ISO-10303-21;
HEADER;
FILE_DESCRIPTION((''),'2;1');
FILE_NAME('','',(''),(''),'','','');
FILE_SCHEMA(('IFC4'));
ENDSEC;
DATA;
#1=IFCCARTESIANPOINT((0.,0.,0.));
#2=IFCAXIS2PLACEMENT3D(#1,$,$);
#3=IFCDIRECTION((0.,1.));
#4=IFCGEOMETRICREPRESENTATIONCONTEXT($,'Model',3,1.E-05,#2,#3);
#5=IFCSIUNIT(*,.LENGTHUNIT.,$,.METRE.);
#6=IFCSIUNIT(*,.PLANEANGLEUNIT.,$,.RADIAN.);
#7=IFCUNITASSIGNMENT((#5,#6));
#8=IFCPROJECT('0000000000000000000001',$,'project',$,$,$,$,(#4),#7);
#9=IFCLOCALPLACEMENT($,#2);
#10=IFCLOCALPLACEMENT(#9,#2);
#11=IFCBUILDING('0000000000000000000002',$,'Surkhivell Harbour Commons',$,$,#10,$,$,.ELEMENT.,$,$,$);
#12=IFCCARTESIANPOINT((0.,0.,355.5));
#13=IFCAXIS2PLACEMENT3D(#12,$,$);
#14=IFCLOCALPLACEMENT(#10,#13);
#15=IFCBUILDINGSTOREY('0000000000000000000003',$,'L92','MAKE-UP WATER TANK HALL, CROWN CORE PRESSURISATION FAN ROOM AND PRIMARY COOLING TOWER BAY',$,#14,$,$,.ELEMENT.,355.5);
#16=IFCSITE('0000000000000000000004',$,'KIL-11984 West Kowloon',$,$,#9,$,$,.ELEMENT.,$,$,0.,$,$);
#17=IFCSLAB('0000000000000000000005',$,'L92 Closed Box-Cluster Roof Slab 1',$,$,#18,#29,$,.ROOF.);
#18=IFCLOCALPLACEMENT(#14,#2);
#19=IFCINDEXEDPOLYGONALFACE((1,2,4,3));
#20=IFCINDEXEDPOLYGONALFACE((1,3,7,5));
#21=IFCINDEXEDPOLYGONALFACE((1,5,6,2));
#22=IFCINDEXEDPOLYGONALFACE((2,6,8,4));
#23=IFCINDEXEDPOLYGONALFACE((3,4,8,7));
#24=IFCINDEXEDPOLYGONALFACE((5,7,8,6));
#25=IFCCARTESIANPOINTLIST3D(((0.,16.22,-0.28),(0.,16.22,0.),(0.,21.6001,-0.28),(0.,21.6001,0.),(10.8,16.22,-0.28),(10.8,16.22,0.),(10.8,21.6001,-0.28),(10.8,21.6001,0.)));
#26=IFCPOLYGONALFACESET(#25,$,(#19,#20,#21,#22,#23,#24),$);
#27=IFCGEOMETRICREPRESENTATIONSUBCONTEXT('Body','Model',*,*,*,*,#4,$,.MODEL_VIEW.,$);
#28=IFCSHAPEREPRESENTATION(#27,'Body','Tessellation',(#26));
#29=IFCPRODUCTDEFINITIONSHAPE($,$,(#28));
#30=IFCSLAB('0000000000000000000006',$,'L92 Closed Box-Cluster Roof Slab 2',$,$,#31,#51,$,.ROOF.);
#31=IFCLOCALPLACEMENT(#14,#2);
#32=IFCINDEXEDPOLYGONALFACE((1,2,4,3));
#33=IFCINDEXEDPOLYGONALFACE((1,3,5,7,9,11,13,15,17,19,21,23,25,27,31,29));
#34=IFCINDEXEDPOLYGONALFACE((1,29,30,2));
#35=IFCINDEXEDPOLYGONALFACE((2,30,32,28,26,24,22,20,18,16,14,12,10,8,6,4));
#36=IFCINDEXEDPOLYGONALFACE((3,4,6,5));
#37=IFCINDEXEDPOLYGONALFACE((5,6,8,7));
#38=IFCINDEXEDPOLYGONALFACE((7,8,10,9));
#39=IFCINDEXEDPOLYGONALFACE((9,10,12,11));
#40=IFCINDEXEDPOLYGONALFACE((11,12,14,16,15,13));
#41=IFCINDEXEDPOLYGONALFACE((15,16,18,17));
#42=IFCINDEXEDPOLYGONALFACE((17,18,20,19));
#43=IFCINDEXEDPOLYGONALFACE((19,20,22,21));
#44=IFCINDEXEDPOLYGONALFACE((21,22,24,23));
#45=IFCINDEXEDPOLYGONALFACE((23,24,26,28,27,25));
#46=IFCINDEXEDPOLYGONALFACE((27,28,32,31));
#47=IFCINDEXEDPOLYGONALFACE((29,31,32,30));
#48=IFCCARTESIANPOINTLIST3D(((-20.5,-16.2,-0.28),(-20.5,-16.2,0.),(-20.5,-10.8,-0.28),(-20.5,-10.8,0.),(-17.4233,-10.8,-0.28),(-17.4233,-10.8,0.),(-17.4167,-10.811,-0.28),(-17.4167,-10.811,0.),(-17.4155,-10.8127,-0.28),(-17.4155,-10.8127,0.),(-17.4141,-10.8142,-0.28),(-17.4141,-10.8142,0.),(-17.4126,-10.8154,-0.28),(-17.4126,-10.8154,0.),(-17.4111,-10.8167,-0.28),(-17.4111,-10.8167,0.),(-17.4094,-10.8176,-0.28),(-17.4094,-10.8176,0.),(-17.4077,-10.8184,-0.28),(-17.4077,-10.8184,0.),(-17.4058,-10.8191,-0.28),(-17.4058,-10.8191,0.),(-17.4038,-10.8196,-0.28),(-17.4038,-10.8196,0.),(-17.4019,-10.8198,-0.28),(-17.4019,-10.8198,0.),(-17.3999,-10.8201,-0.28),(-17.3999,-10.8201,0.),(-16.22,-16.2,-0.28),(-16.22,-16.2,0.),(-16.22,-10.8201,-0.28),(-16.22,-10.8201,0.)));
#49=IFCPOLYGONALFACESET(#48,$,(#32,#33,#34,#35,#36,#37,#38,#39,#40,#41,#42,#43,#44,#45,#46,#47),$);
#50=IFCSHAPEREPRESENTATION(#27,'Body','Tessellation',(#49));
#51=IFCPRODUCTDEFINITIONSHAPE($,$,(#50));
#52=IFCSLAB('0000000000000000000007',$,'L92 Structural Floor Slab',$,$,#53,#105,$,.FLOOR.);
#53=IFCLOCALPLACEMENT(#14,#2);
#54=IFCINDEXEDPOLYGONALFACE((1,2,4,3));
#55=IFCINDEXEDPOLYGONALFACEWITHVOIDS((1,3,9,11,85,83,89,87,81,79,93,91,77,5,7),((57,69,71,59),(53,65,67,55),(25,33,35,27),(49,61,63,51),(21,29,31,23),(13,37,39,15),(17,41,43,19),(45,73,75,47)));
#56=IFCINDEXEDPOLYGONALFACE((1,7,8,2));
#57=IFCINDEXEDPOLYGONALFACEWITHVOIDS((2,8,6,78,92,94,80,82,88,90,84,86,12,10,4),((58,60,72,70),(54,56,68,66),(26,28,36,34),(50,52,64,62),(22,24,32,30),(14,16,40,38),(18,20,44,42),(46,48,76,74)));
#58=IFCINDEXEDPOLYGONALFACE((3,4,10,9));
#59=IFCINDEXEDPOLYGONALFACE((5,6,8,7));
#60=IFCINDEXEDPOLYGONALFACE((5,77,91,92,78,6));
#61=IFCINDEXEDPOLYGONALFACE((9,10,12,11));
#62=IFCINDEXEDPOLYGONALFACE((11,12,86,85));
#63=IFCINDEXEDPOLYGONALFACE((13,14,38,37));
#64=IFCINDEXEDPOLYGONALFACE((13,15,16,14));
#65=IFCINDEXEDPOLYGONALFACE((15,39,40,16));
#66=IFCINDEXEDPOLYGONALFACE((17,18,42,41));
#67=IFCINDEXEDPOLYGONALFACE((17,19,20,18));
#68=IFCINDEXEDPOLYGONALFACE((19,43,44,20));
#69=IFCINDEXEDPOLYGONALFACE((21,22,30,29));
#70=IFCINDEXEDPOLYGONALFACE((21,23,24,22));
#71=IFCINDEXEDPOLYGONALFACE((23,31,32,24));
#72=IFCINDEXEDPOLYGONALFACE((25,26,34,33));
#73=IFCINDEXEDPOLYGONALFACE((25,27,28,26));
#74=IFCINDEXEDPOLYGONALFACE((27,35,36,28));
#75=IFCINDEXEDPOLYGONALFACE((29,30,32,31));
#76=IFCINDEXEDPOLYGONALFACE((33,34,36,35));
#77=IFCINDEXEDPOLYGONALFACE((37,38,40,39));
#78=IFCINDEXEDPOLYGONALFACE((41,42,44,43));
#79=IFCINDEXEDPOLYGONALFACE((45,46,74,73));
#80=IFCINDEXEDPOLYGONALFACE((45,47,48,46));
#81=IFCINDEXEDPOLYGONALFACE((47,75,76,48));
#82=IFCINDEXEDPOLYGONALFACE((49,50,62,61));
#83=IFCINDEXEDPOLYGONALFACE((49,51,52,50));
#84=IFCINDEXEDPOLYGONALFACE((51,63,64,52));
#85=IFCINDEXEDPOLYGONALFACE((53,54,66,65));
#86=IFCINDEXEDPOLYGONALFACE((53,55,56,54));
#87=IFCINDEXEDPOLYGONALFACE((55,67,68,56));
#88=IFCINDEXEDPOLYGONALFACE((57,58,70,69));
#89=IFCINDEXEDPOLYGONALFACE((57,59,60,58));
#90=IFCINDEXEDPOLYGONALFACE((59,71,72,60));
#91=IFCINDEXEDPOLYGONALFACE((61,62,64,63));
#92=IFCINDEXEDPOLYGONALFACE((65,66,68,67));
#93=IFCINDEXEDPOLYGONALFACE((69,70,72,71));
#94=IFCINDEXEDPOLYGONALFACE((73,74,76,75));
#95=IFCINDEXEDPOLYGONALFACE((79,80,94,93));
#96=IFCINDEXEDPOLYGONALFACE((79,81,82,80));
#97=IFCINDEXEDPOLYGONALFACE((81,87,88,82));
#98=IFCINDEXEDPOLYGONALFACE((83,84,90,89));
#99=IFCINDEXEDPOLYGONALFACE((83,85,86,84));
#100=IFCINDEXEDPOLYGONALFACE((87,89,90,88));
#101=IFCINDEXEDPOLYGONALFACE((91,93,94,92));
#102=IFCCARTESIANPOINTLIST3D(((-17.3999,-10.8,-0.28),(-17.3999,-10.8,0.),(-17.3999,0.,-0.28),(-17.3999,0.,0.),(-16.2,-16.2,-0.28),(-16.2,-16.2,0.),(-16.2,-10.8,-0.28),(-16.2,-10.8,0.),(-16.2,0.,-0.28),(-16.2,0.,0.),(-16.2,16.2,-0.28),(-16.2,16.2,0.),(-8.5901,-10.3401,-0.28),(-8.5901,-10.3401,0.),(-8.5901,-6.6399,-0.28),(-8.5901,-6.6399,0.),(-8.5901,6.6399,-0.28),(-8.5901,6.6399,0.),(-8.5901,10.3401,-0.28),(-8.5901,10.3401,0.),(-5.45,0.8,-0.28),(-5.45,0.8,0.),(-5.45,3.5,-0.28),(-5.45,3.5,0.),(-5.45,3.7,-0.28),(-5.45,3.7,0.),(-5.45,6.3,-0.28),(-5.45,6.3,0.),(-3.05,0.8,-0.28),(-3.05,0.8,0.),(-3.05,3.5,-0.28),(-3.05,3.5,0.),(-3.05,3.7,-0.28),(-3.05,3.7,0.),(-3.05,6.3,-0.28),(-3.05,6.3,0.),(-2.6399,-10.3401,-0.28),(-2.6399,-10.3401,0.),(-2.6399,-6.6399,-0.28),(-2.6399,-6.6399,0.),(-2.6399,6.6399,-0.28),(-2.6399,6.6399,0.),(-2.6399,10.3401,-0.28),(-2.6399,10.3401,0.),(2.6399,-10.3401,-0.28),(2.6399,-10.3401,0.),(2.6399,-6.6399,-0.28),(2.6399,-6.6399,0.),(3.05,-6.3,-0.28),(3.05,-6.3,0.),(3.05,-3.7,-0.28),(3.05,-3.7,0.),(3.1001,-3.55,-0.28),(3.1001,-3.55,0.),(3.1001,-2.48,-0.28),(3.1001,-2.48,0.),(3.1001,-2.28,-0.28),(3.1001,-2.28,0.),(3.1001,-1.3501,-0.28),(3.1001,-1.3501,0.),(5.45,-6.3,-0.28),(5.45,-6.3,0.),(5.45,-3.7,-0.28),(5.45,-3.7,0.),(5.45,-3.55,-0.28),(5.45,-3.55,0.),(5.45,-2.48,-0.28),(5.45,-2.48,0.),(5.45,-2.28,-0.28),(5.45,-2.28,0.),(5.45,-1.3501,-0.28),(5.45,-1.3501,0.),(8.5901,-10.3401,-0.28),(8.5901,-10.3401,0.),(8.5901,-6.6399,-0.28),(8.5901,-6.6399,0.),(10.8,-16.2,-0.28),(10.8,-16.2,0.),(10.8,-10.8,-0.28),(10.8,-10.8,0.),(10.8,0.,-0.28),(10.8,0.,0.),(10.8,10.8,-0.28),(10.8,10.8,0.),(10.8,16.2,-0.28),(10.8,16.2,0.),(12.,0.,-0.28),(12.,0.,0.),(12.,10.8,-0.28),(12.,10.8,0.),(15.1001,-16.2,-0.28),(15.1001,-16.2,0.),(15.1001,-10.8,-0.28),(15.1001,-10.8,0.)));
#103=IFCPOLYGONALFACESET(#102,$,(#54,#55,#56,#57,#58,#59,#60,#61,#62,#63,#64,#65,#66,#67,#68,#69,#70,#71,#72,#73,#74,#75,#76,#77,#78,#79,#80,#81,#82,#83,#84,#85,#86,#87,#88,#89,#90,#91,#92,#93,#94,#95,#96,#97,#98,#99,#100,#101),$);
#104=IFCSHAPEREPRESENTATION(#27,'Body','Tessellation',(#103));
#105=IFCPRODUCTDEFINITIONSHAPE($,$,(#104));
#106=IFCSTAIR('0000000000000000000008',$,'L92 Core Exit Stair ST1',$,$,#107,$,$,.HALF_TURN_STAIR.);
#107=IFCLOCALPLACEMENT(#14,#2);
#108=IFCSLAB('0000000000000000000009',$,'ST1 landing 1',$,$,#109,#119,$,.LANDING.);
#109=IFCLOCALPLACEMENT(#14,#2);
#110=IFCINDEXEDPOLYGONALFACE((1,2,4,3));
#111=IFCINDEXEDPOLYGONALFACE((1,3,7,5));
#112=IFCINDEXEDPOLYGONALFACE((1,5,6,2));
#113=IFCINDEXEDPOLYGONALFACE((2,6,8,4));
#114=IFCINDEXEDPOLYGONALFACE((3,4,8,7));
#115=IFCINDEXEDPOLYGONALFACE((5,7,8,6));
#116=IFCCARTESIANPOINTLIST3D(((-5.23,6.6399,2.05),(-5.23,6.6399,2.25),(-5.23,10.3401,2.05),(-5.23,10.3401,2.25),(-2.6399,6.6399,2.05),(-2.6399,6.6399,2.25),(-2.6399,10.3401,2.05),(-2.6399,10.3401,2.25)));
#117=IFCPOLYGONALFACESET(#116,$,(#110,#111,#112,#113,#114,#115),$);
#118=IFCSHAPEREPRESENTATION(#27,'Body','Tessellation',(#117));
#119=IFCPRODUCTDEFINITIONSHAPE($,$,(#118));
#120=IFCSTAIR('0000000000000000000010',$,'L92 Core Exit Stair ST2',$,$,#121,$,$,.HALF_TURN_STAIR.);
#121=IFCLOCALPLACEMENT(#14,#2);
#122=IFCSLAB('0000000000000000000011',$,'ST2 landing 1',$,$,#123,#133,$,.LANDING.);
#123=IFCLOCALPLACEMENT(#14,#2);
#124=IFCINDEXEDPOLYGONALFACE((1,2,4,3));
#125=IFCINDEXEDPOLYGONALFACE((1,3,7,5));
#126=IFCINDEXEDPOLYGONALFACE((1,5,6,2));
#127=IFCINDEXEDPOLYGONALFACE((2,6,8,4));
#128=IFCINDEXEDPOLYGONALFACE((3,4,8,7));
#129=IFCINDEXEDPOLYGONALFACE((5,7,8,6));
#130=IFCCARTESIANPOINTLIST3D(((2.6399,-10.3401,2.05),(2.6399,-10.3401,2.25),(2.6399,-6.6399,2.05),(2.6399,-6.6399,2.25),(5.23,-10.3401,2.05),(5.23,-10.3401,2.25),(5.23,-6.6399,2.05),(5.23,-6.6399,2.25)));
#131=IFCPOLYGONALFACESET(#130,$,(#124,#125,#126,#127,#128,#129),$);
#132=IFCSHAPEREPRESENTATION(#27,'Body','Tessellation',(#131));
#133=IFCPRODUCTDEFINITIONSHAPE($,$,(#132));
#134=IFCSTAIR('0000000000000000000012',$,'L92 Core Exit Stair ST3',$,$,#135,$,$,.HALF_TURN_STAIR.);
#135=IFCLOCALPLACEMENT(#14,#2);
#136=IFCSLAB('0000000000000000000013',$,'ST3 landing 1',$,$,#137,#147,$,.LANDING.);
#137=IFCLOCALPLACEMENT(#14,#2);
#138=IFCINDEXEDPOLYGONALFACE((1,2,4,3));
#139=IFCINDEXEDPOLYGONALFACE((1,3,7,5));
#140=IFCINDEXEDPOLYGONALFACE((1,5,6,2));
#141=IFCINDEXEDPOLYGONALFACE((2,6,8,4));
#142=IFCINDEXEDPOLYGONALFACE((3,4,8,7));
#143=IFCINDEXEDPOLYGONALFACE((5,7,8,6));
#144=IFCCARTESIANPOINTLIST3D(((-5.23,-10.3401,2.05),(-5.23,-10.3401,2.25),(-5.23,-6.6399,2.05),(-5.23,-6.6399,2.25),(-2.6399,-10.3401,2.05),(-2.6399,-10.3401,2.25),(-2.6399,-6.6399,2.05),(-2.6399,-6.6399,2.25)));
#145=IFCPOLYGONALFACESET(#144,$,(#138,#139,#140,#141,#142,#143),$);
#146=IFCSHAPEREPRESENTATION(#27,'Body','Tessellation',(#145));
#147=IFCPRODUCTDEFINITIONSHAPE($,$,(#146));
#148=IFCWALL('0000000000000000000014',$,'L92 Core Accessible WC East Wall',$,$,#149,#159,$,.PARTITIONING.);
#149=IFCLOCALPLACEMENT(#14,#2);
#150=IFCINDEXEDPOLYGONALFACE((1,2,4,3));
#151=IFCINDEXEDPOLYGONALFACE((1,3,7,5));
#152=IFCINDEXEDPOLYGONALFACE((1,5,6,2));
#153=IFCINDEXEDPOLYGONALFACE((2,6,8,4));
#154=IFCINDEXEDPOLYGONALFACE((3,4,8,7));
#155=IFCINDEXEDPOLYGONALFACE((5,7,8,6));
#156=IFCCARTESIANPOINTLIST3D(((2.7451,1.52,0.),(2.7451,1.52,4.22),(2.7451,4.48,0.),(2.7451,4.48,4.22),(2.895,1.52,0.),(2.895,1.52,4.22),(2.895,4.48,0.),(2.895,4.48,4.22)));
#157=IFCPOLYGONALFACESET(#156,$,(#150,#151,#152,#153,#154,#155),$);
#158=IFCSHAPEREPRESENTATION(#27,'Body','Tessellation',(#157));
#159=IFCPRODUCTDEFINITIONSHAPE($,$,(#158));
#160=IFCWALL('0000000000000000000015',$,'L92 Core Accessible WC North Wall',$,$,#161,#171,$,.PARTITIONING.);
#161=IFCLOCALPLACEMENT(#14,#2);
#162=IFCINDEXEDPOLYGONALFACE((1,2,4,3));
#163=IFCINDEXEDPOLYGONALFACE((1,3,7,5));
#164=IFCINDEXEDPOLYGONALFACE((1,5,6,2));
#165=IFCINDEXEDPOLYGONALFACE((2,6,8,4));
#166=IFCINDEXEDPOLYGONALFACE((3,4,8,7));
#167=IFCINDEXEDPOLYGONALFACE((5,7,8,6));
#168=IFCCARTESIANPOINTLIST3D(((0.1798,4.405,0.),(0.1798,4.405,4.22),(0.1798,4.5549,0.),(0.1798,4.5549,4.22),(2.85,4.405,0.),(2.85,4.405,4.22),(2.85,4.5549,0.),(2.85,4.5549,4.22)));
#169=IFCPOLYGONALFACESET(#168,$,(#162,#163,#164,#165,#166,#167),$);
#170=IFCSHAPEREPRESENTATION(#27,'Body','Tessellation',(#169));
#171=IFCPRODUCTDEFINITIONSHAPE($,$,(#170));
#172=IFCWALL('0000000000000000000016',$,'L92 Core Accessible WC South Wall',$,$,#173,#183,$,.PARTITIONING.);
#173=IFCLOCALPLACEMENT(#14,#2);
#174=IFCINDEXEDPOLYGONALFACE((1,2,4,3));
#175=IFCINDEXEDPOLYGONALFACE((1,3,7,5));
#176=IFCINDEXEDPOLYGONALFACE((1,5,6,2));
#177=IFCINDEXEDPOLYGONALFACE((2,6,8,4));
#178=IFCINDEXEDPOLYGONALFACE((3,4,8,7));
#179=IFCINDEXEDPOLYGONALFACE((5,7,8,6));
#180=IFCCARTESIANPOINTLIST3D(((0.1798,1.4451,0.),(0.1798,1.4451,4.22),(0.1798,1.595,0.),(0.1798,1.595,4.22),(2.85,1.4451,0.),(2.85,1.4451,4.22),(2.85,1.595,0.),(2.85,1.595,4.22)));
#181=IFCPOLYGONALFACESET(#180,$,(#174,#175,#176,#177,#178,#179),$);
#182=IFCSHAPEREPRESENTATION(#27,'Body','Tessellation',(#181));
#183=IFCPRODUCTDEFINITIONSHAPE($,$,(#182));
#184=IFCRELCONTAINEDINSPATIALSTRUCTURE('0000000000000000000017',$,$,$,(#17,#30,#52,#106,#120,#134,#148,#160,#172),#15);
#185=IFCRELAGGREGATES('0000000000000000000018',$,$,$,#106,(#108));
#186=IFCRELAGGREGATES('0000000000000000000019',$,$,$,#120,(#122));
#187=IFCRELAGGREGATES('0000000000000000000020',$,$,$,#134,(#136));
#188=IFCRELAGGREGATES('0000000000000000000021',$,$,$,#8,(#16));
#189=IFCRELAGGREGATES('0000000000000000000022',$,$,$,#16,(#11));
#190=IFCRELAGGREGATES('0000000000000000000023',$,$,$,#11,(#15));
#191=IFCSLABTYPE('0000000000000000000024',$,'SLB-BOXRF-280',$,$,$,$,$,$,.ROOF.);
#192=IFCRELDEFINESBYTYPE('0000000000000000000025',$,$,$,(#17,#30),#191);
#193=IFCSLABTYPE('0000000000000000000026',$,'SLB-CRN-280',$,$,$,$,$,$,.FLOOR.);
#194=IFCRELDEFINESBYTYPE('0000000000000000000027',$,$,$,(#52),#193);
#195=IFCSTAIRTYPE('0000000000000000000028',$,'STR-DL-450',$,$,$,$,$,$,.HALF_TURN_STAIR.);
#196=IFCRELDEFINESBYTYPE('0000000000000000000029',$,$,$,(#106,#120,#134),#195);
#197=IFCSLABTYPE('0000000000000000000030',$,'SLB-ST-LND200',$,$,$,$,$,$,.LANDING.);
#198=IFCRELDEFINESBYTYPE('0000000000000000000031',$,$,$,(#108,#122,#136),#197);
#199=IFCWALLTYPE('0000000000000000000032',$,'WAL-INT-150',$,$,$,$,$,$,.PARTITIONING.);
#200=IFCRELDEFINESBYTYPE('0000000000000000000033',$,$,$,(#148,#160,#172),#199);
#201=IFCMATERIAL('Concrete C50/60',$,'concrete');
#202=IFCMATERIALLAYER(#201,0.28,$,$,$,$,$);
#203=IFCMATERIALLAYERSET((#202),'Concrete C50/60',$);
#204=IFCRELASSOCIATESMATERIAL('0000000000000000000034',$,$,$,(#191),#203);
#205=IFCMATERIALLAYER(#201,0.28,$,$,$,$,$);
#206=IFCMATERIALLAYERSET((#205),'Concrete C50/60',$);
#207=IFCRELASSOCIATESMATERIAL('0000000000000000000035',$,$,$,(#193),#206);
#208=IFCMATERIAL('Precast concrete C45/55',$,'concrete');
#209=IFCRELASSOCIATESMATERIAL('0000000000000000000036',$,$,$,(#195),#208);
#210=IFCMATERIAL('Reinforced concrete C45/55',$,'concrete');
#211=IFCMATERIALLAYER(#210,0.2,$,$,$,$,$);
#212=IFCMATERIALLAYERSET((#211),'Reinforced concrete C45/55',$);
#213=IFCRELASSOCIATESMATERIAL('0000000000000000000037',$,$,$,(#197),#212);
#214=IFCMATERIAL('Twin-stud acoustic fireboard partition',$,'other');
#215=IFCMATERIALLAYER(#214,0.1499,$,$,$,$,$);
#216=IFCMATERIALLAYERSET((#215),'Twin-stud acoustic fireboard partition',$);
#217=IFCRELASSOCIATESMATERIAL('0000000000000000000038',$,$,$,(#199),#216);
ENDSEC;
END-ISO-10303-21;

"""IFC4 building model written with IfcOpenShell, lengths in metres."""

from ifc_helpers import new_model, si_unit, direction, frame, frame_2d, origin, place, context, subcontext, project, spatial, polyline, rectangle, outline, extrude, material, layer, layer_set, type_object, element, aggregate, save


model = new_model("IFC4")

# Units and contexts
model_context = context("Model", 3, precision=1e-05, world=origin(), true_north=direction((0.0, 1.0)))
body_context = subcontext(model_context, "Body", "Model", "MODEL_VIEW")
ifc_project = project(units=[si_unit("LENGTHUNIT", "METRE"), si_unit("PLANEANGLEUNIT", "RADIAN")], contexts=[model_context])

# Site, building, storey
site_placement = place(None, origin())
site = spatial("IfcSite", under=ifc_project, at=site_placement, Name="KIL-11984 West Kowloon", CompositionType="ELEMENT", RefElevation=0.0)
building_placement = place(site_placement, origin())
building = spatial("IfcBuilding", under=site, at=building_placement, Name="Surkhivell Harbour Commons", CompositionType="ELEMENT")
storey_placement = place(building_placement, frame((0.0, 0.0, 355.5)))
storey = spatial("IfcBuildingStorey", under=building, at=storey_placement, Name="L92", Description="MAKE-UP WATER TANK HALL, CROWN CORE PRESSURISATION FAN ROOM AND PRIMARY COOLING TOWER BAY", CompositionType="ELEMENT", Elevation=355.5)

# Slabs
ifc_material_1 = material(Name="Concrete C50/60", Category="concrete")
ifc_layer_1 = layer(ifc_material_1, 0.28)
ifc_layer_set_1 = layer_set([ifc_layer_1], Name="Concrete C50/60")
slab_type_1 = type_object("IfcSlabType", Name="SLB-BOXRF-280", PredefinedType="ROOF", material=ifc_layer_set_1)
slab_1_placement = place(storey_placement, frame((0.0, 0.0, -0.28)))
element("IfcSlab", 1, at=slab_1_placement, inside=storey, type_object=slab_type_1, Name="L92 Closed Box-Cluster Roof Slab 1", PredefinedType="ROOF", context=body_context, shape_type="SweptSolid", body=[
    extrude(outline(polyline([(0.0, 16.22), (10.8, 16.22), (10.8, 21.6001), (0.0, 21.6001), (0.0, 16.22)])), origin(), (0.0, 0.0, 1.0), 0.28),
])
slab_2_placement = place(storey_placement, frame((0.0, 0.0, -0.28)))
element("IfcSlab", 2, at=slab_2_placement, inside=storey, type_object=slab_type_1, Name="L92 Closed Box-Cluster Roof Slab 2", PredefinedType="ROOF", context=body_context, shape_type="SweptSolid", body=[
    extrude(outline(polyline([(-16.22, -16.2), (-16.22, -10.8201), (-17.3999, -10.8201), (-17.4019, -10.8198), (-17.4038, -10.8196), (-17.4058, -10.8191), (-17.4077, -10.8184), (-17.4094, -10.8176), (-17.4111, -10.8167), (-17.4126, -10.8154), (-17.4141, -10.8142), (-17.4155, -10.8127), (-17.4167, -10.811), (-17.4233, -10.8), (-20.5, -10.8), (-20.5, -16.2), (-16.22, -16.2)])), origin(), (0.0, 0.0, 1.0), 0.28),
])
ifc_layer_2 = layer(ifc_material_1, 0.28)
ifc_layer_set_2 = layer_set([ifc_layer_2], Name="Concrete C50/60")
slab_type_2 = type_object("IfcSlabType", Name="SLB-CRN-280", PredefinedType="FLOOR", material=ifc_layer_set_2)
slab_3_placement = place(storey_placement, frame((0.0, 0.0, -0.28)))
element("IfcSlab", 3, at=slab_3_placement, inside=storey, type_object=slab_type_2, Name="L92 Structural Floor Slab", PredefinedType="FLOOR", context=body_context, shape_type="SweptSolid", body=[
    extrude(outline(polyline([(-16.2, 16.2), (-16.2, 0.0), (-17.3999, 0.0), (-17.3999, -10.8), (-16.2, -10.8), (-16.2, -16.2), (10.8, -16.2), (15.1001, -16.2), (15.1001, -10.8), (10.8, -10.8), (10.8, 0.0), (12.0, 0.0), (12.0, 10.8), (10.8, 10.8), (10.8, 16.2), (-16.2, 16.2)]), holes=[polyline([(-8.5901, 6.6399), (-2.6399, 6.6399), (-2.6399, 10.3401), (-8.5901, 10.3401), (-8.5901, 6.6399)]), polyline([(8.5901, -6.6399), (2.6399, -6.6399), (2.6399, -10.3401), (8.5901, -10.3401), (8.5901, -6.6399)]), polyline([(-8.5901, -10.3401), (-2.6399, -10.3401), (-2.6399, -6.6399), (-8.5901, -6.6399), (-8.5901, -10.3401)]), polyline([(-5.45, 3.7), (-3.05, 3.7), (-3.05, 6.3), (-5.45, 6.3), (-5.45, 3.7)]), polyline([(3.05, -6.3), (5.45, -6.3), (5.45, -3.7), (3.05, -3.7), (3.05, -6.3)]), polyline([(-5.45, 0.8), (-3.05, 0.8), (-3.05, 3.5), (-5.45, 3.5), (-5.45, 0.8)]), polyline([(3.1001, -3.55), (5.45, -3.55), (5.45, -2.48), (3.1001, -2.48), (3.1001, -3.55)]), polyline([(3.1001, -2.28), (5.45, -2.28), (5.45, -1.3501), (3.1001, -1.3501), (3.1001, -2.28)])]), origin(), (0.0, 0.0, 1.0), 0.28),
])

# Stairs, slabs
ifc_material_2 = material(Name="Precast concrete C45/55", Category="concrete")
stair_type = type_object("IfcStairType", Name="STR-DL-450", PredefinedType="HALF_TURN_STAIR", material=ifc_material_2)
stair_1_placement = place(storey_placement, origin())
stair_1 = element("IfcStair", 4, at=stair_1_placement, inside=storey, type_object=stair_type, Name="L92 Core Exit Stair ST1", PredefinedType="HALF_TURN_STAIR")
ifc_material_3 = material(Name="Reinforced concrete C45/55", Category="concrete")
ifc_layer_3 = layer(ifc_material_3, 0.2)
ifc_layer_set_3 = layer_set([ifc_layer_3], Name="Reinforced concrete C45/55")
slab_type_3 = type_object("IfcSlabType", Name="SLB-ST-LND200", PredefinedType="LANDING", material=ifc_layer_set_3)
slab_4_placement = place(storey_placement, frame((0.0, 0.0, 2.05)))
slab_4 = element("IfcSlab", 5, at=slab_4_placement, type_object=slab_type_3, Name="ST1 landing 1", PredefinedType="LANDING", context=body_context, shape_type="SweptSolid", body=[
    extrude(outline(polyline([(-5.23, 6.6399), (-2.6399, 6.6399), (-2.6399, 10.3401), (-5.23, 10.3401), (-5.23, 6.6399)])), origin(), (0.0, 0.0, 1.0), 0.2),
])
aggregate(stair_1, [slab_4])
stair_2_placement = place(storey_placement, origin())
stair_2 = element("IfcStair", 6, at=stair_2_placement, inside=storey, type_object=stair_type, Name="L92 Core Exit Stair ST2", PredefinedType="HALF_TURN_STAIR")
slab_5_placement = place(storey_placement, frame((0.0, 0.0, 2.05)))
slab_5 = element("IfcSlab", 7, at=slab_5_placement, type_object=slab_type_3, Name="ST2 landing 1", PredefinedType="LANDING", context=body_context, shape_type="SweptSolid", body=[
    extrude(outline(polyline([(5.23, -6.6399), (2.6399, -6.6399), (2.6399, -10.3401), (5.23, -10.3401), (5.23, -6.6399)])), origin(), (0.0, 0.0, 1.0), 0.2),
])
aggregate(stair_2, [slab_5])
stair_3_placement = place(storey_placement, origin())
stair_3 = element("IfcStair", 8, at=stair_3_placement, inside=storey, type_object=stair_type, Name="L92 Core Exit Stair ST3", PredefinedType="HALF_TURN_STAIR")
slab_6_placement = place(storey_placement, frame((0.0, 0.0, 2.05)))
slab_6 = element("IfcSlab", 9, at=slab_6_placement, type_object=slab_type_3, Name="ST3 landing 1", PredefinedType="LANDING", context=body_context, shape_type="SweptSolid", body=[
    extrude(outline(polyline([(-5.23, -10.3401), (-2.6399, -10.3401), (-2.6399, -6.6399), (-5.23, -6.6399), (-5.23, -10.3401)])), origin(), (0.0, 0.0, 1.0), 0.2),
])
aggregate(stair_3, [slab_6])

# Walls
ifc_material_4 = material(Name="Twin-stud acoustic fireboard partition", Category="other")
ifc_layer_4 = layer(ifc_material_4, 0.1499)
ifc_layer_set_4 = layer_set([ifc_layer_4], Name="Twin-stud acoustic fireboard partition")
wall_type_1 = type_object("IfcWallType", Name="WAL-INT-150", PredefinedType="PARTITIONING", material=ifc_layer_set_4)
wall_1_placement = place(storey_placement, frame((2.8201, 1.52, 0.0), z_axis=(0.0, 0.0, 1.0), x_axis=(0.0, 1.0, 0.0)))
element("IfcWall", 10, at=wall_1_placement, inside=storey, type_object=wall_type_1, Name="L92 Core Accessible WC East Wall", PredefinedType="PARTITIONING", context=body_context, shape_type="SweptSolid", body=[
    extrude(rectangle(XDim=2.96, YDim=0.1499, at=frame_2d((1.48, 0.0))), origin(), (0.0, 0.0, 1.0), 4.22),
])
for number, where, z_axis, x_axis, name in (
    (11, (0.1799, 4.48, 0.0), (0.0, 0.0, 1.0), (1.0, 0.0, 0.0), "L92 Core Accessible WC North Wall"),
    (12, (0.1799, 1.52, 0.0), (0.0, 0.0, 1.0), (1.0, 0.0, 0.0), "L92 Core Accessible WC South Wall"),
):
    element("IfcWall", number, at=place(storey_placement, frame(where, z_axis=z_axis, x_axis=x_axis)), inside=storey, type_object=wall_type_1, Name=name, PredefinedType="PARTITIONING", context=body_context, shape_type="SweptSolid", body=[
        extrude(rectangle(XDim=2.6702, YDim=0.1499, at=frame_2d((1.335, 0.0))), origin(), (0.0, 0.0, 1.0), 4.22),
    ])

save(model, "model.ifc")
